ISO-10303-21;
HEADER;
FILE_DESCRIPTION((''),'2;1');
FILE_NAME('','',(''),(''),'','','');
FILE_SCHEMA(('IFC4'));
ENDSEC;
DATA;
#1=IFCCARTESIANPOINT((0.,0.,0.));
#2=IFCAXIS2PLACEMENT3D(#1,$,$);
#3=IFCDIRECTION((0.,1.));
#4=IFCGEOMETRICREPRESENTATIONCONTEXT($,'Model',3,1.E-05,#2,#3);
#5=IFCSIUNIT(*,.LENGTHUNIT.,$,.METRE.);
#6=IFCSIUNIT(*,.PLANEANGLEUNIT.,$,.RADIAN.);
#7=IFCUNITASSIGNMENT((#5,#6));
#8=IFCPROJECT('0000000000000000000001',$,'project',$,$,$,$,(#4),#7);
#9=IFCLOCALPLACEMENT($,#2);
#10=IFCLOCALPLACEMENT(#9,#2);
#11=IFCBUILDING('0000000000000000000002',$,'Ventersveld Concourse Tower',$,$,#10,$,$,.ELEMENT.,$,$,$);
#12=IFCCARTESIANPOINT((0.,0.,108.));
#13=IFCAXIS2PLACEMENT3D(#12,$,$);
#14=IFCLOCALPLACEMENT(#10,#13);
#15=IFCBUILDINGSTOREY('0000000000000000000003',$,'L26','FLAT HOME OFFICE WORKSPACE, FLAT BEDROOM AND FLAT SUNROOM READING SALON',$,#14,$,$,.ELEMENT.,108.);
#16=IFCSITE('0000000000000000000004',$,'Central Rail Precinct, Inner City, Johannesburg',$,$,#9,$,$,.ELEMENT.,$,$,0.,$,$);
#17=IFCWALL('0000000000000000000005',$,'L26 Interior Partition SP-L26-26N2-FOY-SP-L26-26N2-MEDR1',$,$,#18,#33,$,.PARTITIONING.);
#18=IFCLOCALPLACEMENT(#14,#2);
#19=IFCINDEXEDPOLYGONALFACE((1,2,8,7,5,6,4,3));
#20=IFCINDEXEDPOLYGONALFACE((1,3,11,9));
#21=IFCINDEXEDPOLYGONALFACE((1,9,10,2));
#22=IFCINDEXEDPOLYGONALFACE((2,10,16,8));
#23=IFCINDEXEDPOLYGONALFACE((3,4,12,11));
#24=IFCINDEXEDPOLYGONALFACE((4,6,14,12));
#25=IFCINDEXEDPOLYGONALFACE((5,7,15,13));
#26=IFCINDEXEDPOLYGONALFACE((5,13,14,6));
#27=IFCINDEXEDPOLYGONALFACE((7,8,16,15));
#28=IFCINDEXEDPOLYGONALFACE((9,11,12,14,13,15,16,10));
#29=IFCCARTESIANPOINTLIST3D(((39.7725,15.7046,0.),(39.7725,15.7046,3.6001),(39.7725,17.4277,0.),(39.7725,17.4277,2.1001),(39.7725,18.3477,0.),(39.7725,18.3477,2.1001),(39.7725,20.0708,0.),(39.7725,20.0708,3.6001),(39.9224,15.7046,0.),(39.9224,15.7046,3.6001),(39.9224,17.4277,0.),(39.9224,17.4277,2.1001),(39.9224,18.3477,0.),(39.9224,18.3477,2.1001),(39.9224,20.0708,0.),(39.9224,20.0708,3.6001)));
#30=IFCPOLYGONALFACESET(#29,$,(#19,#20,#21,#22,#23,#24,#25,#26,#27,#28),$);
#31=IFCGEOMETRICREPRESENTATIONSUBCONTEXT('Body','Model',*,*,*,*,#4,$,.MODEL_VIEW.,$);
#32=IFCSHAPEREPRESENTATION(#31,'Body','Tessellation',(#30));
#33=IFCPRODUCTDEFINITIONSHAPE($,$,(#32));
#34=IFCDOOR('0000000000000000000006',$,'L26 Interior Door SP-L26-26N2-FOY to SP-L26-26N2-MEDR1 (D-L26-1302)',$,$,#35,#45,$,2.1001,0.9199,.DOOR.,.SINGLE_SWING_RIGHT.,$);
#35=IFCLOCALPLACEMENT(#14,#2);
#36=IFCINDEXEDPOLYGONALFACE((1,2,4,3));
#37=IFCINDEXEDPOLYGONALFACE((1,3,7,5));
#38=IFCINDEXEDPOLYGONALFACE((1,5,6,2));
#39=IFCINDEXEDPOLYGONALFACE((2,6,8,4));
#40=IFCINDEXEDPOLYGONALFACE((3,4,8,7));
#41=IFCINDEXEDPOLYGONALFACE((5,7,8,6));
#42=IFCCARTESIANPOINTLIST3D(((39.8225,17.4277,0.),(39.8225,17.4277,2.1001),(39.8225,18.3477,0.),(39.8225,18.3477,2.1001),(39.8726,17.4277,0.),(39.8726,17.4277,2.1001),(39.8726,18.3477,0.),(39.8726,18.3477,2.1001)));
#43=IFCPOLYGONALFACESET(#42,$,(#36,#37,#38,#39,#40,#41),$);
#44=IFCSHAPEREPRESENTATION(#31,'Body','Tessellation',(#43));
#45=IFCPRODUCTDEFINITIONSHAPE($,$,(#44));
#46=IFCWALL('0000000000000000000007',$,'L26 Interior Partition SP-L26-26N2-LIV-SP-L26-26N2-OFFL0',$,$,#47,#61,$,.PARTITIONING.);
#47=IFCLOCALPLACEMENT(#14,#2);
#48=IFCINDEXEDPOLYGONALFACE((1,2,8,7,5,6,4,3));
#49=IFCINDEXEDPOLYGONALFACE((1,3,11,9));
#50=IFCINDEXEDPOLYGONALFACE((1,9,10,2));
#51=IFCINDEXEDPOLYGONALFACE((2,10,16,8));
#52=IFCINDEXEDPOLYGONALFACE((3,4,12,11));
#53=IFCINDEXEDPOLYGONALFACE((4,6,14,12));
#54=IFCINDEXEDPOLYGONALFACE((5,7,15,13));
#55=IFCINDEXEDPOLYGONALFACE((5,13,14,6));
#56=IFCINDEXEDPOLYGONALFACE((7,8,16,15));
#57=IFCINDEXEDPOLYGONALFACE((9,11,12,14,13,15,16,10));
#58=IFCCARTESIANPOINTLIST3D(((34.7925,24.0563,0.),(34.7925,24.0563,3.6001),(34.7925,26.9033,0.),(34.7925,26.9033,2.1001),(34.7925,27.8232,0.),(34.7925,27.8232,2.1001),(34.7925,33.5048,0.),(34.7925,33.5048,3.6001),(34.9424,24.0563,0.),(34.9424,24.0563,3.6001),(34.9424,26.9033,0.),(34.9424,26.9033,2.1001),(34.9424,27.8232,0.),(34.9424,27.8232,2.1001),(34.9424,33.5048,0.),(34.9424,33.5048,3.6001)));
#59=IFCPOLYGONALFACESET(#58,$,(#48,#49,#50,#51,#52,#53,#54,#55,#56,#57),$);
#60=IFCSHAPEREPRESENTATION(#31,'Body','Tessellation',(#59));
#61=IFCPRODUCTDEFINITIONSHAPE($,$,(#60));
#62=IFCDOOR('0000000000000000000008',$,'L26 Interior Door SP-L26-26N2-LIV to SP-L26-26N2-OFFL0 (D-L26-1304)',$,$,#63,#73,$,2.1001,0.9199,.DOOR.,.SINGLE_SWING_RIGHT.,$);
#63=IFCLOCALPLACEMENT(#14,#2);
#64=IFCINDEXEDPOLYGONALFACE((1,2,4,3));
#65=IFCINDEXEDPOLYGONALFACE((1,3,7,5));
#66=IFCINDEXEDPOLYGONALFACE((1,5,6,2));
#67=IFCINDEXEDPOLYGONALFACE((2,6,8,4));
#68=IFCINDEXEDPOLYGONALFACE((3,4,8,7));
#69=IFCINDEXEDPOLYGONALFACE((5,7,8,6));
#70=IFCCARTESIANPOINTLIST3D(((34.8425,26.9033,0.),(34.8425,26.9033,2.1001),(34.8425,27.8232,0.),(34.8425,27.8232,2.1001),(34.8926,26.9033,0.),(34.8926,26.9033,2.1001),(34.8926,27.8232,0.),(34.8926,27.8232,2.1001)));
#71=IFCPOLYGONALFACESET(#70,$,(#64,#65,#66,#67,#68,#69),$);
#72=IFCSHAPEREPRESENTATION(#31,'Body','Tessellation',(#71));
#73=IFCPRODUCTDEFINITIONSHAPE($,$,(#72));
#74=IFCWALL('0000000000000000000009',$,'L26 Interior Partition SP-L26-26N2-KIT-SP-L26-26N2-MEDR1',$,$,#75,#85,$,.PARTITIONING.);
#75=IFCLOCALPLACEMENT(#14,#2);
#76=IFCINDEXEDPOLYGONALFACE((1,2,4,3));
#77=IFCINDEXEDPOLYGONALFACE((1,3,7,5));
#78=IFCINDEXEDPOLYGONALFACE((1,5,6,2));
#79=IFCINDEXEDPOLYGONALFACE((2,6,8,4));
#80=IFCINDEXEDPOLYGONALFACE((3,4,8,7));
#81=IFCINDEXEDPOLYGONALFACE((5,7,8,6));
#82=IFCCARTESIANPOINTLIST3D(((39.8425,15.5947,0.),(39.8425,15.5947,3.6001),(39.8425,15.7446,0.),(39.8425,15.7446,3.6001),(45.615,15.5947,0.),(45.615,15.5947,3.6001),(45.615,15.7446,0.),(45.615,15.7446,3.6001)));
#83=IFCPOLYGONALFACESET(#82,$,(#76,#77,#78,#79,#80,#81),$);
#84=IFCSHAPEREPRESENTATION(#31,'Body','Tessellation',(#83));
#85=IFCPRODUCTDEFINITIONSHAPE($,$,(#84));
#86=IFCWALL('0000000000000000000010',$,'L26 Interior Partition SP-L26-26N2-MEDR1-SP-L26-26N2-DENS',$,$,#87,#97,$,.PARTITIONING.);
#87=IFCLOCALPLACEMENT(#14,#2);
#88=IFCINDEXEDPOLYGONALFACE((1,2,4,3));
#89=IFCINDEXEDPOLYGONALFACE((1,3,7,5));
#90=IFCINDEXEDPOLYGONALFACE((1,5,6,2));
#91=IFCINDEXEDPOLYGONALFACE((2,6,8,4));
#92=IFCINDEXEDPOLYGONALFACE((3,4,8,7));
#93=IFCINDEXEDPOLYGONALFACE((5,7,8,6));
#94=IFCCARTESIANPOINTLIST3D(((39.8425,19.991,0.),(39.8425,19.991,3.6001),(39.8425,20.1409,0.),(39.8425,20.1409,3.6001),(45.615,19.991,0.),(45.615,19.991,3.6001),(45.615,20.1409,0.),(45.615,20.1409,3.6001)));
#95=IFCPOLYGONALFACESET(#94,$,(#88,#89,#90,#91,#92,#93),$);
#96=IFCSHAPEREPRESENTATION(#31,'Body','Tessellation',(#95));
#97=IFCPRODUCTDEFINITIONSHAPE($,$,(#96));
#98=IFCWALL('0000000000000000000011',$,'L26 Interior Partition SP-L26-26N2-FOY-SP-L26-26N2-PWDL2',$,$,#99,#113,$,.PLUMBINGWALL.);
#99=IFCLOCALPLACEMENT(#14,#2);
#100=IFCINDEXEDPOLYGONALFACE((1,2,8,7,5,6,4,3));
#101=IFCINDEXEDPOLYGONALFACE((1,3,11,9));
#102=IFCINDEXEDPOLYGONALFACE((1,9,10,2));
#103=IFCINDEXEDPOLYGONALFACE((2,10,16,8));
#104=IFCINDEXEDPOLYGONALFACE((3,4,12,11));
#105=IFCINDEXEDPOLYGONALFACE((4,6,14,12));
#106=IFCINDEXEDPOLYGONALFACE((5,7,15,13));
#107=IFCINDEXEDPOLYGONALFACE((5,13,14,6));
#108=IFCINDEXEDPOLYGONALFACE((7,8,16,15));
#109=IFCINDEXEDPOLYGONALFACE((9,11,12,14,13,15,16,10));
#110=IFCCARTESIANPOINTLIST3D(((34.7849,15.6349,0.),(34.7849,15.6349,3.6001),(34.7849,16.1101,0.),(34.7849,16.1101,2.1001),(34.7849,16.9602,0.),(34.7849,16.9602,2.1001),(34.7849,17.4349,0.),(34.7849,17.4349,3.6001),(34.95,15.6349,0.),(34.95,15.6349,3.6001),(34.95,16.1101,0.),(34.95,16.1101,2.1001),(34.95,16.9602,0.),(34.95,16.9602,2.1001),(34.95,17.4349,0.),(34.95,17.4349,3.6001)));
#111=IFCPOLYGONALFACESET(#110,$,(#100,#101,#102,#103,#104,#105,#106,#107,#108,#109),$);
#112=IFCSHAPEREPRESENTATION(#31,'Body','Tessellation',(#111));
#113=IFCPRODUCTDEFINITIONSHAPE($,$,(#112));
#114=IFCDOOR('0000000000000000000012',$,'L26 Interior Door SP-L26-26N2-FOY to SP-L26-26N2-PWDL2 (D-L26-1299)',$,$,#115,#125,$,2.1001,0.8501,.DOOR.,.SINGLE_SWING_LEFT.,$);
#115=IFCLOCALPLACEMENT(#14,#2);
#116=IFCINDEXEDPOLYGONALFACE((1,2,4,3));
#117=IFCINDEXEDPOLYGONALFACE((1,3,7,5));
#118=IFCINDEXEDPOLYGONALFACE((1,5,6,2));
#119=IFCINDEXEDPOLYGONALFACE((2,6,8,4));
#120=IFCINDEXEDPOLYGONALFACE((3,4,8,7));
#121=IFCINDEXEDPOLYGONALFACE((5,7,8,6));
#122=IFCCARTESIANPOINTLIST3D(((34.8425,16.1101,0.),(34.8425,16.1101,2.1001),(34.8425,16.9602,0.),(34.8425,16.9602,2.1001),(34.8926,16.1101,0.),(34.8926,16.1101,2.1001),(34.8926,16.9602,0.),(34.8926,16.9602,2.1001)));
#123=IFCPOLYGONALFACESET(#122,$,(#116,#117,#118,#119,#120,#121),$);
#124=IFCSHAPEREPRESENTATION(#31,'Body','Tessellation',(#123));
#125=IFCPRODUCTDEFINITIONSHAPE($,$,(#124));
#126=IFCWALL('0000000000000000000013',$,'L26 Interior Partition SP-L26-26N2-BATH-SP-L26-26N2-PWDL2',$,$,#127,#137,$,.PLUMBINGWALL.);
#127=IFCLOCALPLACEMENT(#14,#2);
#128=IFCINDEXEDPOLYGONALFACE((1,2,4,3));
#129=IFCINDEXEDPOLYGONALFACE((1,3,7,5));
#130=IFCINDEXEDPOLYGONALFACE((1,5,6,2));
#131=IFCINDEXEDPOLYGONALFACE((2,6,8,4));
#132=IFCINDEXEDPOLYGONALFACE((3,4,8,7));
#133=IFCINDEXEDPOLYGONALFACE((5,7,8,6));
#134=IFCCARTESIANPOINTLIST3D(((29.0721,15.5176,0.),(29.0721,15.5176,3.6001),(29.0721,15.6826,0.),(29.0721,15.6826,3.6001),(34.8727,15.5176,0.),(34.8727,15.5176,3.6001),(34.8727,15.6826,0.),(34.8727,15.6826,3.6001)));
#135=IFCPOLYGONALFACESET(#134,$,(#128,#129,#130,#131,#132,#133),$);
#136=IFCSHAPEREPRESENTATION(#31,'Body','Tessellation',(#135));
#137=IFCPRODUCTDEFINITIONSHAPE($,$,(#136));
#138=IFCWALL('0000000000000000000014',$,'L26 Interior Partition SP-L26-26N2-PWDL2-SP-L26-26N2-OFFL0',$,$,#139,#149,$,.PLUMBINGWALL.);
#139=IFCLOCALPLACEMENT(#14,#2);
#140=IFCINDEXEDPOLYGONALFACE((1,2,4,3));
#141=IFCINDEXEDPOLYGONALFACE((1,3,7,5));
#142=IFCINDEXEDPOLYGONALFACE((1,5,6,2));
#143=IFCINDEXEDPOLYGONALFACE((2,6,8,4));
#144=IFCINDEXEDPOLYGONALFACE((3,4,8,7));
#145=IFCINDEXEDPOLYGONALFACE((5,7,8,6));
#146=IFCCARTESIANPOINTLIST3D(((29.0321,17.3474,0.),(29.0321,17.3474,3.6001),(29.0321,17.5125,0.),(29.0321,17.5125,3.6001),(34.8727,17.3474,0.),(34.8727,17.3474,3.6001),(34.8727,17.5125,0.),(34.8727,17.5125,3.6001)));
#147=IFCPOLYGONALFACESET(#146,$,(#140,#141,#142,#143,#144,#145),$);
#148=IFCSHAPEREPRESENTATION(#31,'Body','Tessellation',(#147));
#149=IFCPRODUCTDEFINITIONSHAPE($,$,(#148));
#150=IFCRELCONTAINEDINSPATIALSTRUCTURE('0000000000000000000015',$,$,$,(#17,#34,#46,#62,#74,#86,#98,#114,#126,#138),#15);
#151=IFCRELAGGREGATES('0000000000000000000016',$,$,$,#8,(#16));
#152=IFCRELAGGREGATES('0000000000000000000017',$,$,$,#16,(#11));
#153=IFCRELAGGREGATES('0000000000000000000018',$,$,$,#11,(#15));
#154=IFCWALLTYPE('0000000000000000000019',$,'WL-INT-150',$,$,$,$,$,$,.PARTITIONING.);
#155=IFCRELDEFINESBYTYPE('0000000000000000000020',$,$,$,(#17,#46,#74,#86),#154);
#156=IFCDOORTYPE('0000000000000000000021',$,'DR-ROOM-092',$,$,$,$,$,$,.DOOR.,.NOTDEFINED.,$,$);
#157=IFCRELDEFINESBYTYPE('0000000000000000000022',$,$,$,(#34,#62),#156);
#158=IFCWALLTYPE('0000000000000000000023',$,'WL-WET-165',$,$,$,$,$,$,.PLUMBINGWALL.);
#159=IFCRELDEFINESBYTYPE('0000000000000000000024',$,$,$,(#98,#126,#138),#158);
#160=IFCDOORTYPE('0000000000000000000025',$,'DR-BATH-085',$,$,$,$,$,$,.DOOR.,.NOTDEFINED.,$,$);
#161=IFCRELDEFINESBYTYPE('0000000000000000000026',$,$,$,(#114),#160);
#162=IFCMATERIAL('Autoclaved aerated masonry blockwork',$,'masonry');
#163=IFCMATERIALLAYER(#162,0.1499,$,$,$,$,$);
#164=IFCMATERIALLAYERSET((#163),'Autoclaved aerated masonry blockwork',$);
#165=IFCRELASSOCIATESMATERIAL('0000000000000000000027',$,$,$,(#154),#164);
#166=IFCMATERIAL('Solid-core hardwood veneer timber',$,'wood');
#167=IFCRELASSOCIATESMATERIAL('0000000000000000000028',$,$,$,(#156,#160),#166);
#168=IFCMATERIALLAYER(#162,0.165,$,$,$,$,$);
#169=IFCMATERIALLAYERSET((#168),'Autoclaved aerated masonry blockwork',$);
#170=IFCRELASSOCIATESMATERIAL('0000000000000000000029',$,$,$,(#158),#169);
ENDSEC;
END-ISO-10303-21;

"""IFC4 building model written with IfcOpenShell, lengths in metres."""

from ifc_helpers import new_model, si_unit, direction, frame, frame_2d, origin, place, context, subcontext, project, spatial, rectangle, extrude, material, layer, layer_set, type_object, element, fill, save


model = new_model("IFC4")

# Units and contexts
model_context = context("Model", 3, precision=1e-05, world=origin(), true_north=direction((0.0, 1.0)))
body_context = subcontext(model_context, "Body", "Model", "MODEL_VIEW")
ifc_project = project(units=[si_unit("LENGTHUNIT", "METRE"), si_unit("PLANEANGLEUNIT", "RADIAN")], contexts=[model_context])

# Site, building, storey
site_placement = place(None, origin())
site = spatial("IfcSite", under=ifc_project, at=site_placement, Name="Central Rail Precinct, Inner City, Johannesburg", CompositionType="ELEMENT", RefElevation=0.0)
building_placement = place(site_placement, origin())
building = spatial("IfcBuilding", under=site, at=building_placement, Name="Ventersveld Concourse Tower", CompositionType="ELEMENT")
storey_placement = place(building_placement, frame((0.0, 0.0, 108.0)))
storey = spatial("IfcBuildingStorey", under=building, at=storey_placement, Name="L26", Description="FLAT HOME OFFICE WORKSPACE, FLAT BEDROOM AND FLAT SUNROOM READING SALON", CompositionType="ELEMENT", Elevation=108.0)

# Walls, openings, doors
ifc_material_1 = material(Name="Autoclaved aerated masonry blockwork", Category="masonry")
ifc_layer_1 = layer(ifc_material_1, 0.1499)
ifc_layer_set_1 = layer_set([ifc_layer_1], Name="Autoclaved aerated masonry blockwork")
wall_type_1 = type_object("IfcWallType", Name="WL-INT-150", PredefinedType="PARTITIONING", material=ifc_layer_set_1)
ifc_material_2 = material(Name="Solid-core hardwood veneer timber", Category="wood")
door_type_1 = type_object("IfcDoorType", Name="DR-ROOM-092", OperationType="NOTDEFINED", PredefinedType="DOOR", material=ifc_material_2)
wall_1_placement = place(storey_placement, frame((39.8474, 15.7046, 0.0), z_axis=(0.0, 0.0, 1.0), x_axis=(0.0, 1.0, 0.0)))
wall_1 = element("IfcWall", 1, at=wall_1_placement, inside=storey, type_object=wall_type_1, Name="L26 Interior Partition SP-L26-26N2-FOY-SP-L26-26N2-MEDR1", PredefinedType="PARTITIONING", context=body_context, shape_type="SweptSolid", body=[
    extrude(rectangle(XDim=4.3662, YDim=0.1499, at=frame_2d((2.1831, 0.0))), origin(), (0.0, 0.0, 1.0), 3.6001),
])
opening_1_placement = place(wall_1_placement, frame((1.7231, 0.0, 0.0)))
opening_1 = element("IfcOpeningElement", 2, at=opening_1_placement, cuts=wall_1, PredefinedType="OPENING", context=body_context, shape_type="SweptSolid", body=[
    extrude(rectangle(XDim=0.9199, YDim=2.1001, at=frame_2d((0.46, 1.05))), frame((0.0, 0.085, 0.0), z_axis=(0.0, -1.0, 0.0), x_axis=(1.0, 0.0, 0.0)), (0.0, 0.0, 1.0), 0.1699),
])
door_1_placement = place(opening_1_placement, origin())
door_1 = element("IfcDoor", 3, at=door_1_placement, inside=storey, type_object=door_type_1, Name="L26 Interior Door SP-L26-26N2-FOY to SP-L26-26N2-MEDR1 (D-L26-1302)", OperationType="SINGLE_SWING_RIGHT", OverallHeight=2.1001, OverallWidth=0.9199, PredefinedType="DOOR", context=body_context, shape_type="SweptSolid", body=[
    extrude(rectangle(XDim=0.9199, YDim=2.1001, at=frame_2d((0.46, 1.05))), frame((0.0, 0.0249, 0.0), z_axis=(0.0, -1.0, 0.0), x_axis=(1.0, 0.0, 0.0)), (0.0, 0.0, 1.0), 0.05),
])
fill(opening_1, door_1)
wall_2_placement = place(storey_placement, frame((34.8674, 24.0564, 0.0), z_axis=(0.0, 0.0, 1.0), x_axis=(0.0, 1.0, 0.0)))
wall_2 = element("IfcWall", 4, at=wall_2_placement, inside=storey, type_object=wall_type_1, Name="L26 Interior Partition SP-L26-26N2-LIV-SP-L26-26N2-OFFL0", PredefinedType="PARTITIONING", context=body_context, shape_type="SweptSolid", body=[
    extrude(rectangle(XDim=9.4485, YDim=0.1499, at=frame_2d((4.7241, 0.0))), origin(), (0.0, 0.0, 1.0), 3.6001),
])
opening_2_placement = place(wall_2_placement, frame((2.8469, 0.0, 0.0)))
opening_2 = element("IfcOpeningElement", 5, at=opening_2_placement, cuts=wall_2, PredefinedType="OPENING", context=body_context, shape_type="SweptSolid", body=[
    extrude(rectangle(XDim=0.9199, YDim=2.1001, at=frame_2d((0.46, 1.05))), frame((0.0, 0.085, 0.0), z_axis=(0.0, -1.0, 0.0), x_axis=(1.0, 0.0, 0.0)), (0.0, 0.0, 1.0), 0.1699),
])
door_2_placement = place(opening_2_placement, origin())
door_2 = element("IfcDoor", 6, at=door_2_placement, inside=storey, type_object=door_type_1, Name="L26 Interior Door SP-L26-26N2-LIV to SP-L26-26N2-OFFL0 (D-L26-1304)", OperationType="SINGLE_SWING_RIGHT", OverallHeight=2.1001, OverallWidth=0.9199, PredefinedType="DOOR", context=body_context, shape_type="SweptSolid", body=[
    extrude(rectangle(XDim=0.9199, YDim=2.1001, at=frame_2d((0.46, 1.05))), frame((0.0, 0.0249, 0.0), z_axis=(0.0, -1.0, 0.0), x_axis=(1.0, 0.0, 0.0)), (0.0, 0.0, 1.0), 0.05),
])
fill(opening_2, door_2)

# Walls
for number, where, z_axis, x_axis, name in (
    (7, (39.8425, 15.6697, 0.0), (0.0, 0.0, 1.0), (1.0, 0.0, 0.0), "L26 Interior Partition SP-L26-26N2-KIT-SP-L26-26N2-MEDR1"),
    (8, (39.8425, 20.0659, 0.0), (0.0, 0.0, 1.0), (1.0, 0.0, 0.0), "L26 Interior Partition SP-L26-26N2-MEDR1-SP-L26-26N2-DENS"),
):
    element("IfcWall", number, at=place(storey_placement, frame(where, z_axis=z_axis, x_axis=x_axis)), inside=storey, type_object=wall_type_1, Name=name, PredefinedType="PARTITIONING", context=body_context, shape_type="SweptSolid", body=[
        extrude(rectangle(XDim=5.7725, YDim=0.1499, at=frame_2d((2.8862, 0.0))), origin(), (0.0, 0.0, 1.0), 3.6001),
    ])

# Wall, opening, door
ifc_layer_2 = layer(ifc_material_1, 0.165)
ifc_layer_set_2 = layer_set([ifc_layer_2], Name="Autoclaved aerated masonry blockwork")
wall_type_2 = type_object("IfcWallType", Name="WL-WET-165", PredefinedType="PLUMBINGWALL", material=ifc_layer_set_2)
wall_3_placement = place(storey_placement, frame((34.8674, 15.635, 0.0), z_axis=(0.0, 0.0, 1.0), x_axis=(0.0, 1.0, 0.0)))
wall_3 = element("IfcWall", 9, at=wall_3_placement, inside=storey, type_object=wall_type_2, Name="L26 Interior Partition SP-L26-26N2-FOY-SP-L26-26N2-PWDL2", PredefinedType="PLUMBINGWALL", context=body_context, shape_type="SweptSolid", body=[
    extrude(rectangle(XDim=1.8, YDim=0.165, at=frame_2d((0.8999, 0.0))), origin(), (0.0, 0.0, 1.0), 3.6001),
])
opening_3_placement = place(wall_3_placement, frame((0.4751, 0.0, 0.0)))
opening_3 = element("IfcOpeningElement", 10, at=opening_3_placement, cuts=wall_3, PredefinedType="OPENING", context=body_context, shape_type="SweptSolid", body=[
    extrude(rectangle(XDim=0.8501, YDim=2.1001, at=frame_2d((0.425, 1.05))), frame((0.0, 0.0925, 0.0), z_axis=(0.0, -1.0, 0.0), x_axis=(1.0, 0.0, 0.0)), (0.0, 0.0, 1.0), 0.1851),
])
door_type_2 = type_object("IfcDoorType", Name="DR-BATH-085", OperationType="NOTDEFINED", PredefinedType="DOOR", material=ifc_material_2)
door_3_placement = place(opening_3_placement, origin())
door_3 = element("IfcDoor", 11, at=door_3_placement, inside=storey, type_object=door_type_2, Name="L26 Interior Door SP-L26-26N2-FOY to SP-L26-26N2-PWDL2 (D-L26-1299)", OperationType="SINGLE_SWING_LEFT", OverallHeight=2.1001, OverallWidth=0.8501, PredefinedType="DOOR", context=body_context, shape_type="SweptSolid", body=[
    extrude(rectangle(XDim=0.8501, YDim=2.1001, at=frame_2d((0.425, 1.05))), frame((0.0, 0.0249, 0.0), z_axis=(0.0, -1.0, 0.0), x_axis=(1.0, 0.0, 0.0)), (0.0, 0.0, 1.0), 0.05),
])
fill(opening_3, door_3)

# Walls
wall_4_placement = place(storey_placement, frame((29.072, 15.6001, 0.0), z_axis=(0.0, 0.0, 1.0), x_axis=(1.0, 0.0, 0.0)))
element("IfcWall", 12, at=wall_4_placement, inside=storey, type_object=wall_type_2, Name="L26 Interior Partition SP-L26-26N2-BATH-SP-L26-26N2-PWDL2", PredefinedType="PLUMBINGWALL", context=body_context, shape_type="SweptSolid", body=[
    extrude(rectangle(XDim=5.8005, YDim=0.165, at=frame_2d((2.9004, 0.0))), origin(), (0.0, 0.0, 1.0), 3.6001),
])
wall_5_placement = place(storey_placement, frame((29.032, 17.4299, 0.0), z_axis=(0.0, 0.0, 1.0), x_axis=(1.0, 0.0, 0.0)))
element("IfcWall", 13, at=wall_5_placement, inside=storey, type_object=wall_type_2, Name="L26 Interior Partition SP-L26-26N2-PWDL2-SP-L26-26N2-OFFL0", PredefinedType="PLUMBINGWALL", context=body_context, shape_type="SweptSolid", body=[
    extrude(rectangle(XDim=5.8406, YDim=0.165, at=frame_2d((2.9204, 0.0))), origin(), (0.0, 0.0, 1.0), 3.6001),
])

save(model, "model.ifc")
